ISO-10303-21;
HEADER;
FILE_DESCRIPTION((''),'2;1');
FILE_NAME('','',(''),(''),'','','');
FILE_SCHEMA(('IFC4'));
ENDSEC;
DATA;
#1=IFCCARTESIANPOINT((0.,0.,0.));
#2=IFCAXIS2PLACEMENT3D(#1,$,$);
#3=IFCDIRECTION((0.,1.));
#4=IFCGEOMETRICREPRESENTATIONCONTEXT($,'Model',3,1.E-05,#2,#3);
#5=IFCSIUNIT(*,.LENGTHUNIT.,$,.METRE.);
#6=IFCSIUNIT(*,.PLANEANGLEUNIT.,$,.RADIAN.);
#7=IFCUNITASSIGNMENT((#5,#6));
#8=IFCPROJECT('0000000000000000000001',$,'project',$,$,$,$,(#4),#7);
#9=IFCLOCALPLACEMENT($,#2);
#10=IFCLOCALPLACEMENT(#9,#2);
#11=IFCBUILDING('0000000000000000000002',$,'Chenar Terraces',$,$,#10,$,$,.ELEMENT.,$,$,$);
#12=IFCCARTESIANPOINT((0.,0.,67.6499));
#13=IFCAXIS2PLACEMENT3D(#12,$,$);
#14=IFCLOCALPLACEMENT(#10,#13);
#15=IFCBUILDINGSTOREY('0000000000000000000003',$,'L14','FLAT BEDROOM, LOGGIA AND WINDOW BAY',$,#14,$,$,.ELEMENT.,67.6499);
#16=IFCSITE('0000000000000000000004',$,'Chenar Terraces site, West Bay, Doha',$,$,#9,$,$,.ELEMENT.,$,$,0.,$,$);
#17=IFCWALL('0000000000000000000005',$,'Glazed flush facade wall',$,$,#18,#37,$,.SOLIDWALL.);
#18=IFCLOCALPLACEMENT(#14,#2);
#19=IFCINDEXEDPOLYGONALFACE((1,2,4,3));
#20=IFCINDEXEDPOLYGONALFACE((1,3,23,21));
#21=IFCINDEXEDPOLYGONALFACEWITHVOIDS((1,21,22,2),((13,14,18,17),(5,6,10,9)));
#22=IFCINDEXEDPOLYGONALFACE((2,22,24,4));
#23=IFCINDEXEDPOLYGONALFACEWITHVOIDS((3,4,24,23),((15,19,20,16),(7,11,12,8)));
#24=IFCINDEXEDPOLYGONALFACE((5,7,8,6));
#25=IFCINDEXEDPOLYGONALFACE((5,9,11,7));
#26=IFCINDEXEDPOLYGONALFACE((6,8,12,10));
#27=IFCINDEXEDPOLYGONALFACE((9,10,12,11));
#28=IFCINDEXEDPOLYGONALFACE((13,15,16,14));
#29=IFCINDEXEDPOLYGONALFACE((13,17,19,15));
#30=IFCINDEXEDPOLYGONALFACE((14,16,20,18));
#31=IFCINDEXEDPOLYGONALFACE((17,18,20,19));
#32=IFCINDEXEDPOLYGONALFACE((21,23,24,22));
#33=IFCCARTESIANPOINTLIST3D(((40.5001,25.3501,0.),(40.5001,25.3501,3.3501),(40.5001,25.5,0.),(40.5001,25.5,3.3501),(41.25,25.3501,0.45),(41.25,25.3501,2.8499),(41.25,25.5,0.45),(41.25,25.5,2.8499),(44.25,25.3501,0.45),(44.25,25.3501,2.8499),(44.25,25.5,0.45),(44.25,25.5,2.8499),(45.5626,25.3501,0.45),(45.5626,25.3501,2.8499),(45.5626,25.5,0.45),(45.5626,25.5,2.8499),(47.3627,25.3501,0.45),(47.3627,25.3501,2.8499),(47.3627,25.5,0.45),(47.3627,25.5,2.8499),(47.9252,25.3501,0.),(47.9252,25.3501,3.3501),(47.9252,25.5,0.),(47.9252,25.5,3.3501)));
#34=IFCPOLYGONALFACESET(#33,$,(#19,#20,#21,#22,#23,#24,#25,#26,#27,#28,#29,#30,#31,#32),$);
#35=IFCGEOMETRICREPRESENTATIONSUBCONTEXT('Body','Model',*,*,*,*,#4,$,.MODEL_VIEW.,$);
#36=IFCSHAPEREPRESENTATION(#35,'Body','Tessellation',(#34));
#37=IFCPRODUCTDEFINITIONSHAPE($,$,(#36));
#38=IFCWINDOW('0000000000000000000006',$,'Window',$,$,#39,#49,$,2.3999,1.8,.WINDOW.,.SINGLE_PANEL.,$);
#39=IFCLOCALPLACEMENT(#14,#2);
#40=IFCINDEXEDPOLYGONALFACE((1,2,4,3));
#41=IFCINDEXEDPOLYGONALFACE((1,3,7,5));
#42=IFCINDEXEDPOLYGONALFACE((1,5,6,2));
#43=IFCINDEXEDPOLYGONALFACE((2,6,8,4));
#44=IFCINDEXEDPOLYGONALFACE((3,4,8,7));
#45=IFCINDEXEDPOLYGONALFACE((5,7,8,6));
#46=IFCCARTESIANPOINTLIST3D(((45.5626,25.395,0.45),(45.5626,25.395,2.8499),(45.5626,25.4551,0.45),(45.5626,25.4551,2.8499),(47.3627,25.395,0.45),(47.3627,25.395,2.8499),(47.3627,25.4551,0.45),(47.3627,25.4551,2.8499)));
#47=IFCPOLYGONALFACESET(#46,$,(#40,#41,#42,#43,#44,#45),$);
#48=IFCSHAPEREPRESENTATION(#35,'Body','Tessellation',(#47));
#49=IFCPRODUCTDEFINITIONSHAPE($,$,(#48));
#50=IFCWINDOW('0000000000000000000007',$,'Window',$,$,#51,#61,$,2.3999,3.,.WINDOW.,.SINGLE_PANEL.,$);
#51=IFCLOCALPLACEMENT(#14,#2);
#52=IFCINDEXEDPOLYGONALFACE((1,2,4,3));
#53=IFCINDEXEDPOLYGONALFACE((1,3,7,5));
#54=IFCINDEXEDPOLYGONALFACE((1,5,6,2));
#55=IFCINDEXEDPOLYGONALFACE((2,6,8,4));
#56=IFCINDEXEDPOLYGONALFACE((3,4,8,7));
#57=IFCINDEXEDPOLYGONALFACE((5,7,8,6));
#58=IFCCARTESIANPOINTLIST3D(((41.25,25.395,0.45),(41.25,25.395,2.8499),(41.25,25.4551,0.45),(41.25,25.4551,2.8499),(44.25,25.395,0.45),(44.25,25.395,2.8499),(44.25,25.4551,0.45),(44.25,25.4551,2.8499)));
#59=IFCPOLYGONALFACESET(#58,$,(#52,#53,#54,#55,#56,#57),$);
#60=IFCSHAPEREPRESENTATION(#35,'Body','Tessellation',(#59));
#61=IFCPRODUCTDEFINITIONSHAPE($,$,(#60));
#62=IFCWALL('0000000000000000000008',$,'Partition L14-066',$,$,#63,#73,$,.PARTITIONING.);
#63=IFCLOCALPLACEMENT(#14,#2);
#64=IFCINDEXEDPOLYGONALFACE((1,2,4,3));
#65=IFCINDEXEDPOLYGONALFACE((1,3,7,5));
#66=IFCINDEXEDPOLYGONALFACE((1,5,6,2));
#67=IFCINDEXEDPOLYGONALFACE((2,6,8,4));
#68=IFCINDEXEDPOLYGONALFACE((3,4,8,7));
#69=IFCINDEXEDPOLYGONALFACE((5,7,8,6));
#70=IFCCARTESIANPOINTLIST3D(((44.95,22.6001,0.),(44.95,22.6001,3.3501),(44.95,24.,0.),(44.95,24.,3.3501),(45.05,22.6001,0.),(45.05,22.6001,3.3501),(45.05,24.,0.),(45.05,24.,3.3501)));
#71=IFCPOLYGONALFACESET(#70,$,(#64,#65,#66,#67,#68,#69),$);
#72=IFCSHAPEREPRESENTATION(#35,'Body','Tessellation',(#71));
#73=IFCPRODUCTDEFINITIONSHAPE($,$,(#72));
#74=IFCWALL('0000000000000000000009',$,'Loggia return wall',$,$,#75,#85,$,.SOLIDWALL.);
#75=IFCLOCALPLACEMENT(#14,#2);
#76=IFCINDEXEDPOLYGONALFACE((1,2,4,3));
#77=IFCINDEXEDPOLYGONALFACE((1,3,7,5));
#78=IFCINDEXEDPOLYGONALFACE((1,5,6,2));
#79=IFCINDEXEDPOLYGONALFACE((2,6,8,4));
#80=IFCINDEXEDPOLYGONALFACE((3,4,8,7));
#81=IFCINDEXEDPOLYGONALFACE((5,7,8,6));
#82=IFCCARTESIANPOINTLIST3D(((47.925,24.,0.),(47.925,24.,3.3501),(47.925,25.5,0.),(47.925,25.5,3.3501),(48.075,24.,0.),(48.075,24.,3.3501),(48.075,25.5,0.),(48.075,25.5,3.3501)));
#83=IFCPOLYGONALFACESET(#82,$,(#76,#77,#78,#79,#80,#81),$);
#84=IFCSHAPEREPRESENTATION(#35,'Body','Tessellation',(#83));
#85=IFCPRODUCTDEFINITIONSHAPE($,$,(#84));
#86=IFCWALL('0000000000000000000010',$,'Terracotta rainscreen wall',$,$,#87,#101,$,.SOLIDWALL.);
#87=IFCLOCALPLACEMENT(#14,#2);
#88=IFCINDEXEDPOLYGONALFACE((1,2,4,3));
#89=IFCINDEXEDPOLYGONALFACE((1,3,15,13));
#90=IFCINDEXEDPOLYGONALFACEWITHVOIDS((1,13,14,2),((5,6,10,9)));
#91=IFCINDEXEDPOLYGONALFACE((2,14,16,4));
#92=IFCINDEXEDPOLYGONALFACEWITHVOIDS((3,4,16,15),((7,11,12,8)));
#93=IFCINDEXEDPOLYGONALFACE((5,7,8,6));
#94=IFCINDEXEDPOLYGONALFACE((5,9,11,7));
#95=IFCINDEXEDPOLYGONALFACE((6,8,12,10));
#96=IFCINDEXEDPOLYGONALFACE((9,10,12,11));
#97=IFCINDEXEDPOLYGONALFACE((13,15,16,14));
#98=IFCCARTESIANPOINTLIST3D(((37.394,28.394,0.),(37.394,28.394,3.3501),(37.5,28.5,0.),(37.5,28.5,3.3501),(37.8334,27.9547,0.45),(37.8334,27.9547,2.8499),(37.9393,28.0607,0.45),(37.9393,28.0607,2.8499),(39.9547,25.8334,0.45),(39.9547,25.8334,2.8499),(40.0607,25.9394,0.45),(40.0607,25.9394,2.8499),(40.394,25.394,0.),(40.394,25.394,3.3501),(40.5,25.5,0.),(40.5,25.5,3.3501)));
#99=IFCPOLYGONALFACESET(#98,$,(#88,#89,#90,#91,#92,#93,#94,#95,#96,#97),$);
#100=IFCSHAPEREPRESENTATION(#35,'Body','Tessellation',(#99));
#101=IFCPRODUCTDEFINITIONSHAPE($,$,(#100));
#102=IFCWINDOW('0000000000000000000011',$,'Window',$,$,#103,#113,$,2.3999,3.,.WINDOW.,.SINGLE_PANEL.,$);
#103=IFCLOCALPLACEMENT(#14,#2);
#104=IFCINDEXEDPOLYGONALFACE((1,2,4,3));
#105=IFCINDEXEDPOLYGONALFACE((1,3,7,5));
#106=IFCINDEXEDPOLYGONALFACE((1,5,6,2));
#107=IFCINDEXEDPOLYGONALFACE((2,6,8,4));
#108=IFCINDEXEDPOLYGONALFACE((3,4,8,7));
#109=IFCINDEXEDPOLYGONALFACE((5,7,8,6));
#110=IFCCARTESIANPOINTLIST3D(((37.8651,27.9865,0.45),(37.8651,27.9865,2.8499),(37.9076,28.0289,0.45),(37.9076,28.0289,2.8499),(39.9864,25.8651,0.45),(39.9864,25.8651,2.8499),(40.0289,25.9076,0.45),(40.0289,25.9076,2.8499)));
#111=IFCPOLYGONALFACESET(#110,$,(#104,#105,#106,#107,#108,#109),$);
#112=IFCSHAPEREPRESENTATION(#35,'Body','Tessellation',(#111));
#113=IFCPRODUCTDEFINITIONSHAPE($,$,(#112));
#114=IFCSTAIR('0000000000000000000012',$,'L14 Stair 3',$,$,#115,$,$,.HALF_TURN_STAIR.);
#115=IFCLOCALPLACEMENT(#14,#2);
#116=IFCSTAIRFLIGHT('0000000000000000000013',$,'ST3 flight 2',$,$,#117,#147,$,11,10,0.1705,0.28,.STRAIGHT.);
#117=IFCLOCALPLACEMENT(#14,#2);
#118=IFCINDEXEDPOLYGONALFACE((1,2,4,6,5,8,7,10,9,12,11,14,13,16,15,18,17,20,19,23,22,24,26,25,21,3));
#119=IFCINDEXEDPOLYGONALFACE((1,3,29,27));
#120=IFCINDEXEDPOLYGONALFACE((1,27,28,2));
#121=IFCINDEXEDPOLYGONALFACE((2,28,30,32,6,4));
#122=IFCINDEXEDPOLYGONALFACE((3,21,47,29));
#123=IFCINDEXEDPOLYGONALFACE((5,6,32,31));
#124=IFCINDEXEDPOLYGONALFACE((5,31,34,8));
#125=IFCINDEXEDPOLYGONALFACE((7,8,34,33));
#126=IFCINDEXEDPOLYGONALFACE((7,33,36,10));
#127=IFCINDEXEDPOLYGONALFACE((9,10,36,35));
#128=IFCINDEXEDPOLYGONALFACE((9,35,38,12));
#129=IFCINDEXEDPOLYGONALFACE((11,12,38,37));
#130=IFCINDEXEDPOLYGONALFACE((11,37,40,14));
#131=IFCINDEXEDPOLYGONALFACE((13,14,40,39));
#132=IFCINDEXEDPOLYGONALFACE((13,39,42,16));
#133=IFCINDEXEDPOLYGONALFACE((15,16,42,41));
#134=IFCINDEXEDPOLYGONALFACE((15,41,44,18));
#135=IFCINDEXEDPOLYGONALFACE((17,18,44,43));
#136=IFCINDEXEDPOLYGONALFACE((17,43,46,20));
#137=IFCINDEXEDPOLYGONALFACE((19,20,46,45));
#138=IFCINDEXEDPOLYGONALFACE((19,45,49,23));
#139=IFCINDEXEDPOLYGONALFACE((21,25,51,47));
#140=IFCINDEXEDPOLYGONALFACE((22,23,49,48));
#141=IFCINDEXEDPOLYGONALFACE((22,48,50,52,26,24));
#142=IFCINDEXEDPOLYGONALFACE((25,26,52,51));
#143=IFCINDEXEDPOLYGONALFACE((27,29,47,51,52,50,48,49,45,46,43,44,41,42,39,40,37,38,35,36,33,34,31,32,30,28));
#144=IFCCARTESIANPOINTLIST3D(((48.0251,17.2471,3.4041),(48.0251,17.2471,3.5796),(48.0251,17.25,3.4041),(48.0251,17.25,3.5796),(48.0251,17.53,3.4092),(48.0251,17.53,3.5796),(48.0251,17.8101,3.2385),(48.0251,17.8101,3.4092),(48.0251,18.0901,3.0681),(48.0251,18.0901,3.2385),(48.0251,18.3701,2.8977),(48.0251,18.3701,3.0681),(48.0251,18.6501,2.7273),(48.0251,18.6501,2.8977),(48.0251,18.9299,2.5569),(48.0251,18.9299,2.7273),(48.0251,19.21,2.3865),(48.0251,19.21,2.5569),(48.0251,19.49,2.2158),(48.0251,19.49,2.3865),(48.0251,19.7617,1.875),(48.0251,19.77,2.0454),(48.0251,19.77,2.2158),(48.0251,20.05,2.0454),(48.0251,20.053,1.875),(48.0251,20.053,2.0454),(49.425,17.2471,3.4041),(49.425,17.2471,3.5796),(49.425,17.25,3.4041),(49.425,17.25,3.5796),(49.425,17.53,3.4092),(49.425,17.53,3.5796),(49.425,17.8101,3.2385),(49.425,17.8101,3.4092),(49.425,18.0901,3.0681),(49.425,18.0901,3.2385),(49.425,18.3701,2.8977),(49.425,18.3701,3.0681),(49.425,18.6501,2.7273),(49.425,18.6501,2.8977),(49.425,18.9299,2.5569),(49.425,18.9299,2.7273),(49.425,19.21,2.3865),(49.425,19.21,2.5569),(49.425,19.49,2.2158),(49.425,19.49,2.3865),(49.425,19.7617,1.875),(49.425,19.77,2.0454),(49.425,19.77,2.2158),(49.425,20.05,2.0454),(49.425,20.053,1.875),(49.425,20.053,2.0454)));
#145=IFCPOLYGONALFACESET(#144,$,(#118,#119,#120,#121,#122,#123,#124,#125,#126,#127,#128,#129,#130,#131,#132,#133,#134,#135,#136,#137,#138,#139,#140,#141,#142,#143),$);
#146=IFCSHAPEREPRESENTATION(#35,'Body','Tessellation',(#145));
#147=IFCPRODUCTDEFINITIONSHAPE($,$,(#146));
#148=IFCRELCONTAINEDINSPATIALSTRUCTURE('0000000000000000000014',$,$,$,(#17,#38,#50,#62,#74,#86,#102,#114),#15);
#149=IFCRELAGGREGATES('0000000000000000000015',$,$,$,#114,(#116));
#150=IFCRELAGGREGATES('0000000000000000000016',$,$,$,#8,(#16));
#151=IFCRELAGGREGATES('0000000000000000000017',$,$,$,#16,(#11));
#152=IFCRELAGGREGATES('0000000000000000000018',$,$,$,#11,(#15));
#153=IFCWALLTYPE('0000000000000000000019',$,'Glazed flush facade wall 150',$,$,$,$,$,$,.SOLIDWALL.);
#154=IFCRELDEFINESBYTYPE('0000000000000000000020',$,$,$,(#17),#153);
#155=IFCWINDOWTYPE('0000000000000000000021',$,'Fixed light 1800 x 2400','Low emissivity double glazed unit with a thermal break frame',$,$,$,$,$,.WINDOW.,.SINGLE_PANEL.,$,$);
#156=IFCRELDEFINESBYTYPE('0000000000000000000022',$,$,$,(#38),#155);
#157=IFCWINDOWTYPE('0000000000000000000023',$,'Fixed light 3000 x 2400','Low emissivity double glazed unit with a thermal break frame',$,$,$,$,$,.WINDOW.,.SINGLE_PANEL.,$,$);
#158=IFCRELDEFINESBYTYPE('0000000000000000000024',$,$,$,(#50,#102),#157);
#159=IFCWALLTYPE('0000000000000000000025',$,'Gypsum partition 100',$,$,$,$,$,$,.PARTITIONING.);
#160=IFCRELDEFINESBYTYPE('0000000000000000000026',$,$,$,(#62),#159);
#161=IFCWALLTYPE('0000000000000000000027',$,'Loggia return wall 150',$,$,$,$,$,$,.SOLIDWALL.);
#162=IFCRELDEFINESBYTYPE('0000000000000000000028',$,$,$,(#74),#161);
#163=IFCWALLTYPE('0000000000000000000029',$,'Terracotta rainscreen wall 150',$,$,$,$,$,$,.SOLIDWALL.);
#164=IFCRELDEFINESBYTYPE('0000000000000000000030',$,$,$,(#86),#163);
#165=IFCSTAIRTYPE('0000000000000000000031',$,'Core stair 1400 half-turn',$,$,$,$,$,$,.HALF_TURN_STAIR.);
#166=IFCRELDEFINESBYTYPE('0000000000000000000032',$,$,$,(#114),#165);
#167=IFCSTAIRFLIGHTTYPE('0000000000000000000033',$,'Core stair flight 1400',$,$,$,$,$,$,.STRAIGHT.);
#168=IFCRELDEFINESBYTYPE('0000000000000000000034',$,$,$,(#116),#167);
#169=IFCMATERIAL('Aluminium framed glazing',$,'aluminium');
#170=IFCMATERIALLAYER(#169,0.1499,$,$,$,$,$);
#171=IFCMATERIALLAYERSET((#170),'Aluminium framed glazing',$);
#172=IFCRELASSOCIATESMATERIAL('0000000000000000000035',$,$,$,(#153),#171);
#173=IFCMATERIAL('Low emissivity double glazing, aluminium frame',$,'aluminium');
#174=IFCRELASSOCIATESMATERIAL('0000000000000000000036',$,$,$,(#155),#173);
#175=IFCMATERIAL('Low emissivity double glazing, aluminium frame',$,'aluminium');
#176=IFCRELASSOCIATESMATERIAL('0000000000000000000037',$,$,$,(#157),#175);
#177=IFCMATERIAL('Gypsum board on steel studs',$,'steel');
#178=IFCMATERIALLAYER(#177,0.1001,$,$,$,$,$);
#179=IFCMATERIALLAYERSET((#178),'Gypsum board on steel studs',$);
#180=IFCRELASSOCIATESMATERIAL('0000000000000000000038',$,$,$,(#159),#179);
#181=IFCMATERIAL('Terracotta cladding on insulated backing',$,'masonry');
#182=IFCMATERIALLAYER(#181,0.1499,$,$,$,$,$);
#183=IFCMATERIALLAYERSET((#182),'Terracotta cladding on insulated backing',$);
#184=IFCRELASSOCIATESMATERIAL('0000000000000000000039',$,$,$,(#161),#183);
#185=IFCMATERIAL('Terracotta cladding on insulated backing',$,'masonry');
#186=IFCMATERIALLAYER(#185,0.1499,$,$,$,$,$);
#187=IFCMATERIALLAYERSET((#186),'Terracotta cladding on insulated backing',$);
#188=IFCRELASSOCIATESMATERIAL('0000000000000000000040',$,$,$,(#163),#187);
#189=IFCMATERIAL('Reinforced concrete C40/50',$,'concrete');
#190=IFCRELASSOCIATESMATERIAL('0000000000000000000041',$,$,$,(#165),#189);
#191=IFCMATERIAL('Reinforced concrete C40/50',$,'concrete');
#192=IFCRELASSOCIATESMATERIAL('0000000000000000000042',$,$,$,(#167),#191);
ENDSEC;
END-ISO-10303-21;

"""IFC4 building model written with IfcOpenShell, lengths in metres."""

from ifc_helpers import new_model, si_unit, direction, frame, frame_2d, origin, place, context, subcontext, project, spatial, polyline, rectangle, outline, extrude, material, layer, layer_set, type_object, element, fill, aggregate, save


model = new_model("IFC4")

# Units and contexts
model_context = context("Model", 3, precision=1e-05, world=origin(), true_north=direction((0.0, 1.0)))
body_context = subcontext(model_context, "Body", "Model", "MODEL_VIEW")
ifc_project = project(units=[si_unit("LENGTHUNIT", "METRE"), si_unit("PLANEANGLEUNIT", "RADIAN")], contexts=[model_context])

# Site, building, storey
site_placement = place(None, origin())
site = spatial("IfcSite", under=ifc_project, at=site_placement, Name="Chenar Terraces site, West Bay, Doha", CompositionType="ELEMENT", RefElevation=0.0)
building_placement = place(site_placement, origin())
building = spatial("IfcBuilding", under=site, at=building_placement, Name="Chenar Terraces", CompositionType="ELEMENT")
storey_placement = place(building_placement, frame((0.0, 0.0, 67.6499)))
storey = spatial("IfcBuildingStorey", under=building, at=storey_placement, Name="L14", Description="FLAT BEDROOM, LOGGIA AND WINDOW BAY", CompositionType="ELEMENT", Elevation=67.6499)

# Wall, openings, windows
ifc_material_1 = material(Name="Aluminium framed glazing", Category="aluminium")
ifc_layer_1 = layer(ifc_material_1, 0.1499)
ifc_layer_set_1 = layer_set([ifc_layer_1], Name="Aluminium framed glazing")
wall_type_1 = type_object("IfcWallType", Name="Glazed flush facade wall 150", PredefinedType="SOLIDWALL", material=ifc_layer_set_1)
wall_1_placement = place(storey_placement, frame((47.925, 25.425, 0.0), z_axis=(0.0, 0.0, 1.0), x_axis=(-1.0, 0.0, 0.0)))
wall_1 = element("IfcWall", 1, at=wall_1_placement, inside=storey, type_object=wall_type_1, Name="Glazed flush facade wall", PredefinedType="SOLIDWALL", context=body_context, shape_type="SweptSolid", body=[
    extrude(rectangle(XDim=7.425, YDim=0.1499, at=frame_2d((3.7124, 0.0))), origin(), (0.0, 0.0, 1.0), 3.3501),
])
opening_1_placement = place(wall_1_placement, frame((0.5625, 0.0, 0.45)))
opening_1 = element("IfcOpeningElement", 2, at=opening_1_placement, cuts=wall_1, PredefinedType="OPENING", context=body_context, shape_type="SweptSolid", body=[
    extrude(rectangle(XDim=1.8, YDim=2.3999, at=frame_2d((0.8999, 1.2))), frame((0.0, 0.085, 0.0), z_axis=(0.0, -1.0, 0.0), x_axis=(1.0, 0.0, 0.0)), (0.0, 0.0, 1.0), 0.1699),
])
opening_2_placement = place(wall_1_placement, frame((3.675, 0.0, 0.45)))
opening_2 = element("IfcOpeningElement", 3, at=opening_2_placement, cuts=wall_1, PredefinedType="OPENING", context=body_context, shape_type="SweptSolid", body=[
    extrude(rectangle(XDim=3.0, YDim=2.3999, at=frame_2d((1.5, 1.2))), frame((0.0, 0.085, 0.0), z_axis=(0.0, -1.0, 0.0), x_axis=(1.0, 0.0, 0.0)), (0.0, 0.0, 1.0), 0.1699),
])
ifc_material_2 = material(Name="Low emissivity double glazing, aluminium frame", Category="aluminium")
window_type_1 = type_object("IfcWindowType", Name="Fixed light 1800 x 2400", Description="Low emissivity double glazed unit with a thermal break frame", PartitioningType="SINGLE_PANEL", PredefinedType="WINDOW", material=ifc_material_2)
window_1_placement = place(opening_1_placement, origin())
window_1 = element("IfcWindow", 4, at=window_1_placement, inside=storey, type_object=window_type_1, Name="Window", OverallHeight=2.3999, OverallWidth=1.8, PartitioningType="SINGLE_PANEL", PredefinedType="WINDOW", context=body_context, shape_type="SweptSolid", body=[
    extrude(rectangle(XDim=1.8, YDim=2.3999, at=frame_2d((0.8999, 1.2))), frame((0.0, 0.03, 0.0), z_axis=(0.0, -1.0, 0.0), x_axis=(1.0, 0.0, 0.0)), (0.0, 0.0, 1.0), 0.0601),
])
fill(opening_1, window_1)
ifc_material_3 = material(Name="Low emissivity double glazing, aluminium frame", Category="aluminium")
window_type_2 = type_object("IfcWindowType", Name="Fixed light 3000 x 2400", Description="Low emissivity double glazed unit with a thermal break frame", PartitioningType="SINGLE_PANEL", PredefinedType="WINDOW", material=ifc_material_3)
window_2_placement = place(opening_2_placement, origin())
window_2 = element("IfcWindow", 5, at=window_2_placement, inside=storey, type_object=window_type_2, Name="Window", OverallHeight=2.3999, OverallWidth=3.0, PartitioningType="SINGLE_PANEL", PredefinedType="WINDOW", context=body_context, shape_type="SweptSolid", body=[
    extrude(rectangle(XDim=3.0, YDim=2.3999, at=frame_2d((1.5, 1.2))), frame((0.0, 0.03, 0.0), z_axis=(0.0, -1.0, 0.0), x_axis=(1.0, 0.0, 0.0)), (0.0, 0.0, 1.0), 0.0601),
])
fill(opening_2, window_2)

# Walls
ifc_material_4 = material(Name="Gypsum board on steel studs", Category="steel")
ifc_layer_2 = layer(ifc_material_4, 0.1001)
ifc_layer_set_2 = layer_set([ifc_layer_2], Name="Gypsum board on steel studs")
wall_type_2 = type_object("IfcWallType", Name="Gypsum partition 100", PredefinedType="PARTITIONING", material=ifc_layer_set_2)
wall_2_placement = place(storey_placement, frame((45.0, 22.6001, 0.0), z_axis=(0.0, 0.0, 1.0), x_axis=(0.0, 1.0, 0.0)))
element("IfcWall", 6, at=wall_2_placement, inside=storey, type_object=wall_type_2, Name="Partition L14-066", PredefinedType="PARTITIONING", context=body_context, shape_type="SweptSolid", body=[
    extrude(rectangle(XDim=1.3999, YDim=0.1001, at=frame_2d((0.7, 0.0))), origin(), (0.0, 0.0, 1.0), 3.3501),
])
ifc_material_5 = material(Name="Terracotta cladding on insulated backing", Category="masonry")
ifc_layer_3 = layer(ifc_material_5, 0.1499)
ifc_layer_set_3 = layer_set([ifc_layer_3], Name="Terracotta cladding on insulated backing")
wall_type_3 = type_object("IfcWallType", Name="Loggia return wall 150", PredefinedType="SOLIDWALL", material=ifc_layer_set_3)
wall_3_placement = place(storey_placement, frame((48.0, 25.5, 0.0), z_axis=(0.0, 0.0, 1.0), x_axis=(0.0, -1.0, 0.0)))
element("IfcWall", 7, at=wall_3_placement, inside=storey, type_object=wall_type_3, Name="Loggia return wall", PredefinedType="SOLIDWALL", context=body_context, shape_type="SweptSolid", body=[
    extrude(rectangle(XDim=1.5, YDim=0.1499, at=frame_2d((0.75, 0.0))), origin(), (0.0, 0.0, 1.0), 3.3501),
])

# Wall, opening, window
ifc_material_6 = material(Name="Terracotta cladding on insulated backing", Category="masonry")
ifc_layer_4 = layer(ifc_material_6, 0.1499)
ifc_layer_set_4 = layer_set([ifc_layer_4], Name="Terracotta cladding on insulated backing")
wall_type_4 = type_object("IfcWallType", Name="Terracotta rainscreen wall 150", PredefinedType="SOLIDWALL", material=ifc_layer_set_4)
wall_4_placement = place(storey_placement, frame((40.447, 25.447, 0.0), z_axis=(0.0, 0.0, 1.0), x_axis=(-0.707107, 0.707107, 0.0)))
wall_4 = element("IfcWall", 8, at=wall_4_placement, inside=storey, type_object=wall_type_4, Name="Terracotta rainscreen wall", PredefinedType="SOLIDWALL", context=body_context, shape_type="SweptSolid", body=[
    extrude(rectangle(XDim=4.2427, YDim=0.1499, at=frame_2d((2.1213, 0.0))), origin(), (0.0, 0.0, 1.0), 3.3501),
])
opening_3_placement = place(wall_4_placement, frame((0.6213, 0.0, 0.45)))
opening_3 = element("IfcOpeningElement", 9, at=opening_3_placement, cuts=wall_4, PredefinedType="OPENING", context=body_context, shape_type="SweptSolid", body=[
    extrude(rectangle(XDim=3.0, YDim=2.3999, at=frame_2d((1.5, 1.2))), frame((0.0, 0.085, 0.0), z_axis=(0.0, -1.0, 0.0), x_axis=(1.0, 0.0, 0.0)), (0.0, 0.0, 1.0), 0.1699),
])
window_3_placement = place(opening_3_placement, origin())
window_3 = element("IfcWindow", 10, at=window_3_placement, inside=storey, type_object=window_type_2, Name="Window", OverallHeight=2.3999, OverallWidth=3.0, PartitioningType="SINGLE_PANEL", PredefinedType="WINDOW", context=body_context, shape_type="SweptSolid", body=[
    extrude(rectangle(XDim=3.0, YDim=2.3999, at=frame_2d((1.5, 1.2))), frame((0.0, 0.03, 0.0), z_axis=(0.0, -1.0, 0.0), x_axis=(1.0, 0.0, 0.0)), (0.0, 0.0, 1.0), 0.0601),
])
fill(opening_3, window_3)

# Stair, stair flight
ifc_material_7 = material(Name="Reinforced concrete C40/50", Category="concrete")
stair_type = type_object("IfcStairType", Name="Core stair 1400 half-turn", PredefinedType="HALF_TURN_STAIR", material=ifc_material_7)
stair_placement = place(storey_placement, origin())
stair = element("IfcStair", 11, at=stair_placement, inside=storey, type_object=stair_type, Name="L14 Stair 3", PredefinedType="HALF_TURN_STAIR")
ifc_material_8 = material(Name="Reinforced concrete C40/50", Category="concrete")
stair_flight_type = type_object("IfcStairFlightType", Name="Core stair flight 1400", PredefinedType="STRAIGHT", material=ifc_material_8)
stair_flight_placement = place(storey_placement, frame((48.7251, 20.05, 1.875), z_axis=(0.0, 0.0, 1.0), x_axis=(0.0, -1.0, 0.0)))
stair_flight = element("IfcStairFlight", 12, at=stair_flight_placement, type_object=stair_flight_type, Name="ST3 flight 2", NumberOfRisers=11, NumberOfTreads=10, PredefinedType="STRAIGHT", RiserHeight=0.1705, TreadLength=0.28, context=body_context, shape_type="SweptSolid", body=[
    extrude(outline(polyline([(-0.0029, 0.0), (-0.0029, 0.1704), (0.0, 0.1704), (0.28, 0.1704), (0.28, 0.3408), (0.5601, 0.3408), (0.5601, 0.5115), (0.8401, 0.5115), (0.8401, 0.6819), (1.1201, 0.6819), (1.1201, 0.8523), (1.3999, 0.8523), (1.3999, 1.0227), (1.6799, 1.0227), (1.6799, 1.1931), (1.96, 1.1931), (1.96, 1.3635), (2.24, 1.3635), (2.24, 1.5342), (2.52, 1.5342), (2.52, 1.7046), (2.8, 1.7046), (2.803, 1.7046), (2.803, 1.5291), (2.8, 1.5291), (0.2883, 0.0), (-0.0029, 0.0)])), frame((0.0, 0.7, 0.0), z_axis=(0.0, -1.0, 0.0), x_axis=(1.0, 0.0, 0.0)), (0.0, 0.0, 1.0), 1.3999),
])
aggregate(stair, [stair_flight])

save(model, "model.ifc")
